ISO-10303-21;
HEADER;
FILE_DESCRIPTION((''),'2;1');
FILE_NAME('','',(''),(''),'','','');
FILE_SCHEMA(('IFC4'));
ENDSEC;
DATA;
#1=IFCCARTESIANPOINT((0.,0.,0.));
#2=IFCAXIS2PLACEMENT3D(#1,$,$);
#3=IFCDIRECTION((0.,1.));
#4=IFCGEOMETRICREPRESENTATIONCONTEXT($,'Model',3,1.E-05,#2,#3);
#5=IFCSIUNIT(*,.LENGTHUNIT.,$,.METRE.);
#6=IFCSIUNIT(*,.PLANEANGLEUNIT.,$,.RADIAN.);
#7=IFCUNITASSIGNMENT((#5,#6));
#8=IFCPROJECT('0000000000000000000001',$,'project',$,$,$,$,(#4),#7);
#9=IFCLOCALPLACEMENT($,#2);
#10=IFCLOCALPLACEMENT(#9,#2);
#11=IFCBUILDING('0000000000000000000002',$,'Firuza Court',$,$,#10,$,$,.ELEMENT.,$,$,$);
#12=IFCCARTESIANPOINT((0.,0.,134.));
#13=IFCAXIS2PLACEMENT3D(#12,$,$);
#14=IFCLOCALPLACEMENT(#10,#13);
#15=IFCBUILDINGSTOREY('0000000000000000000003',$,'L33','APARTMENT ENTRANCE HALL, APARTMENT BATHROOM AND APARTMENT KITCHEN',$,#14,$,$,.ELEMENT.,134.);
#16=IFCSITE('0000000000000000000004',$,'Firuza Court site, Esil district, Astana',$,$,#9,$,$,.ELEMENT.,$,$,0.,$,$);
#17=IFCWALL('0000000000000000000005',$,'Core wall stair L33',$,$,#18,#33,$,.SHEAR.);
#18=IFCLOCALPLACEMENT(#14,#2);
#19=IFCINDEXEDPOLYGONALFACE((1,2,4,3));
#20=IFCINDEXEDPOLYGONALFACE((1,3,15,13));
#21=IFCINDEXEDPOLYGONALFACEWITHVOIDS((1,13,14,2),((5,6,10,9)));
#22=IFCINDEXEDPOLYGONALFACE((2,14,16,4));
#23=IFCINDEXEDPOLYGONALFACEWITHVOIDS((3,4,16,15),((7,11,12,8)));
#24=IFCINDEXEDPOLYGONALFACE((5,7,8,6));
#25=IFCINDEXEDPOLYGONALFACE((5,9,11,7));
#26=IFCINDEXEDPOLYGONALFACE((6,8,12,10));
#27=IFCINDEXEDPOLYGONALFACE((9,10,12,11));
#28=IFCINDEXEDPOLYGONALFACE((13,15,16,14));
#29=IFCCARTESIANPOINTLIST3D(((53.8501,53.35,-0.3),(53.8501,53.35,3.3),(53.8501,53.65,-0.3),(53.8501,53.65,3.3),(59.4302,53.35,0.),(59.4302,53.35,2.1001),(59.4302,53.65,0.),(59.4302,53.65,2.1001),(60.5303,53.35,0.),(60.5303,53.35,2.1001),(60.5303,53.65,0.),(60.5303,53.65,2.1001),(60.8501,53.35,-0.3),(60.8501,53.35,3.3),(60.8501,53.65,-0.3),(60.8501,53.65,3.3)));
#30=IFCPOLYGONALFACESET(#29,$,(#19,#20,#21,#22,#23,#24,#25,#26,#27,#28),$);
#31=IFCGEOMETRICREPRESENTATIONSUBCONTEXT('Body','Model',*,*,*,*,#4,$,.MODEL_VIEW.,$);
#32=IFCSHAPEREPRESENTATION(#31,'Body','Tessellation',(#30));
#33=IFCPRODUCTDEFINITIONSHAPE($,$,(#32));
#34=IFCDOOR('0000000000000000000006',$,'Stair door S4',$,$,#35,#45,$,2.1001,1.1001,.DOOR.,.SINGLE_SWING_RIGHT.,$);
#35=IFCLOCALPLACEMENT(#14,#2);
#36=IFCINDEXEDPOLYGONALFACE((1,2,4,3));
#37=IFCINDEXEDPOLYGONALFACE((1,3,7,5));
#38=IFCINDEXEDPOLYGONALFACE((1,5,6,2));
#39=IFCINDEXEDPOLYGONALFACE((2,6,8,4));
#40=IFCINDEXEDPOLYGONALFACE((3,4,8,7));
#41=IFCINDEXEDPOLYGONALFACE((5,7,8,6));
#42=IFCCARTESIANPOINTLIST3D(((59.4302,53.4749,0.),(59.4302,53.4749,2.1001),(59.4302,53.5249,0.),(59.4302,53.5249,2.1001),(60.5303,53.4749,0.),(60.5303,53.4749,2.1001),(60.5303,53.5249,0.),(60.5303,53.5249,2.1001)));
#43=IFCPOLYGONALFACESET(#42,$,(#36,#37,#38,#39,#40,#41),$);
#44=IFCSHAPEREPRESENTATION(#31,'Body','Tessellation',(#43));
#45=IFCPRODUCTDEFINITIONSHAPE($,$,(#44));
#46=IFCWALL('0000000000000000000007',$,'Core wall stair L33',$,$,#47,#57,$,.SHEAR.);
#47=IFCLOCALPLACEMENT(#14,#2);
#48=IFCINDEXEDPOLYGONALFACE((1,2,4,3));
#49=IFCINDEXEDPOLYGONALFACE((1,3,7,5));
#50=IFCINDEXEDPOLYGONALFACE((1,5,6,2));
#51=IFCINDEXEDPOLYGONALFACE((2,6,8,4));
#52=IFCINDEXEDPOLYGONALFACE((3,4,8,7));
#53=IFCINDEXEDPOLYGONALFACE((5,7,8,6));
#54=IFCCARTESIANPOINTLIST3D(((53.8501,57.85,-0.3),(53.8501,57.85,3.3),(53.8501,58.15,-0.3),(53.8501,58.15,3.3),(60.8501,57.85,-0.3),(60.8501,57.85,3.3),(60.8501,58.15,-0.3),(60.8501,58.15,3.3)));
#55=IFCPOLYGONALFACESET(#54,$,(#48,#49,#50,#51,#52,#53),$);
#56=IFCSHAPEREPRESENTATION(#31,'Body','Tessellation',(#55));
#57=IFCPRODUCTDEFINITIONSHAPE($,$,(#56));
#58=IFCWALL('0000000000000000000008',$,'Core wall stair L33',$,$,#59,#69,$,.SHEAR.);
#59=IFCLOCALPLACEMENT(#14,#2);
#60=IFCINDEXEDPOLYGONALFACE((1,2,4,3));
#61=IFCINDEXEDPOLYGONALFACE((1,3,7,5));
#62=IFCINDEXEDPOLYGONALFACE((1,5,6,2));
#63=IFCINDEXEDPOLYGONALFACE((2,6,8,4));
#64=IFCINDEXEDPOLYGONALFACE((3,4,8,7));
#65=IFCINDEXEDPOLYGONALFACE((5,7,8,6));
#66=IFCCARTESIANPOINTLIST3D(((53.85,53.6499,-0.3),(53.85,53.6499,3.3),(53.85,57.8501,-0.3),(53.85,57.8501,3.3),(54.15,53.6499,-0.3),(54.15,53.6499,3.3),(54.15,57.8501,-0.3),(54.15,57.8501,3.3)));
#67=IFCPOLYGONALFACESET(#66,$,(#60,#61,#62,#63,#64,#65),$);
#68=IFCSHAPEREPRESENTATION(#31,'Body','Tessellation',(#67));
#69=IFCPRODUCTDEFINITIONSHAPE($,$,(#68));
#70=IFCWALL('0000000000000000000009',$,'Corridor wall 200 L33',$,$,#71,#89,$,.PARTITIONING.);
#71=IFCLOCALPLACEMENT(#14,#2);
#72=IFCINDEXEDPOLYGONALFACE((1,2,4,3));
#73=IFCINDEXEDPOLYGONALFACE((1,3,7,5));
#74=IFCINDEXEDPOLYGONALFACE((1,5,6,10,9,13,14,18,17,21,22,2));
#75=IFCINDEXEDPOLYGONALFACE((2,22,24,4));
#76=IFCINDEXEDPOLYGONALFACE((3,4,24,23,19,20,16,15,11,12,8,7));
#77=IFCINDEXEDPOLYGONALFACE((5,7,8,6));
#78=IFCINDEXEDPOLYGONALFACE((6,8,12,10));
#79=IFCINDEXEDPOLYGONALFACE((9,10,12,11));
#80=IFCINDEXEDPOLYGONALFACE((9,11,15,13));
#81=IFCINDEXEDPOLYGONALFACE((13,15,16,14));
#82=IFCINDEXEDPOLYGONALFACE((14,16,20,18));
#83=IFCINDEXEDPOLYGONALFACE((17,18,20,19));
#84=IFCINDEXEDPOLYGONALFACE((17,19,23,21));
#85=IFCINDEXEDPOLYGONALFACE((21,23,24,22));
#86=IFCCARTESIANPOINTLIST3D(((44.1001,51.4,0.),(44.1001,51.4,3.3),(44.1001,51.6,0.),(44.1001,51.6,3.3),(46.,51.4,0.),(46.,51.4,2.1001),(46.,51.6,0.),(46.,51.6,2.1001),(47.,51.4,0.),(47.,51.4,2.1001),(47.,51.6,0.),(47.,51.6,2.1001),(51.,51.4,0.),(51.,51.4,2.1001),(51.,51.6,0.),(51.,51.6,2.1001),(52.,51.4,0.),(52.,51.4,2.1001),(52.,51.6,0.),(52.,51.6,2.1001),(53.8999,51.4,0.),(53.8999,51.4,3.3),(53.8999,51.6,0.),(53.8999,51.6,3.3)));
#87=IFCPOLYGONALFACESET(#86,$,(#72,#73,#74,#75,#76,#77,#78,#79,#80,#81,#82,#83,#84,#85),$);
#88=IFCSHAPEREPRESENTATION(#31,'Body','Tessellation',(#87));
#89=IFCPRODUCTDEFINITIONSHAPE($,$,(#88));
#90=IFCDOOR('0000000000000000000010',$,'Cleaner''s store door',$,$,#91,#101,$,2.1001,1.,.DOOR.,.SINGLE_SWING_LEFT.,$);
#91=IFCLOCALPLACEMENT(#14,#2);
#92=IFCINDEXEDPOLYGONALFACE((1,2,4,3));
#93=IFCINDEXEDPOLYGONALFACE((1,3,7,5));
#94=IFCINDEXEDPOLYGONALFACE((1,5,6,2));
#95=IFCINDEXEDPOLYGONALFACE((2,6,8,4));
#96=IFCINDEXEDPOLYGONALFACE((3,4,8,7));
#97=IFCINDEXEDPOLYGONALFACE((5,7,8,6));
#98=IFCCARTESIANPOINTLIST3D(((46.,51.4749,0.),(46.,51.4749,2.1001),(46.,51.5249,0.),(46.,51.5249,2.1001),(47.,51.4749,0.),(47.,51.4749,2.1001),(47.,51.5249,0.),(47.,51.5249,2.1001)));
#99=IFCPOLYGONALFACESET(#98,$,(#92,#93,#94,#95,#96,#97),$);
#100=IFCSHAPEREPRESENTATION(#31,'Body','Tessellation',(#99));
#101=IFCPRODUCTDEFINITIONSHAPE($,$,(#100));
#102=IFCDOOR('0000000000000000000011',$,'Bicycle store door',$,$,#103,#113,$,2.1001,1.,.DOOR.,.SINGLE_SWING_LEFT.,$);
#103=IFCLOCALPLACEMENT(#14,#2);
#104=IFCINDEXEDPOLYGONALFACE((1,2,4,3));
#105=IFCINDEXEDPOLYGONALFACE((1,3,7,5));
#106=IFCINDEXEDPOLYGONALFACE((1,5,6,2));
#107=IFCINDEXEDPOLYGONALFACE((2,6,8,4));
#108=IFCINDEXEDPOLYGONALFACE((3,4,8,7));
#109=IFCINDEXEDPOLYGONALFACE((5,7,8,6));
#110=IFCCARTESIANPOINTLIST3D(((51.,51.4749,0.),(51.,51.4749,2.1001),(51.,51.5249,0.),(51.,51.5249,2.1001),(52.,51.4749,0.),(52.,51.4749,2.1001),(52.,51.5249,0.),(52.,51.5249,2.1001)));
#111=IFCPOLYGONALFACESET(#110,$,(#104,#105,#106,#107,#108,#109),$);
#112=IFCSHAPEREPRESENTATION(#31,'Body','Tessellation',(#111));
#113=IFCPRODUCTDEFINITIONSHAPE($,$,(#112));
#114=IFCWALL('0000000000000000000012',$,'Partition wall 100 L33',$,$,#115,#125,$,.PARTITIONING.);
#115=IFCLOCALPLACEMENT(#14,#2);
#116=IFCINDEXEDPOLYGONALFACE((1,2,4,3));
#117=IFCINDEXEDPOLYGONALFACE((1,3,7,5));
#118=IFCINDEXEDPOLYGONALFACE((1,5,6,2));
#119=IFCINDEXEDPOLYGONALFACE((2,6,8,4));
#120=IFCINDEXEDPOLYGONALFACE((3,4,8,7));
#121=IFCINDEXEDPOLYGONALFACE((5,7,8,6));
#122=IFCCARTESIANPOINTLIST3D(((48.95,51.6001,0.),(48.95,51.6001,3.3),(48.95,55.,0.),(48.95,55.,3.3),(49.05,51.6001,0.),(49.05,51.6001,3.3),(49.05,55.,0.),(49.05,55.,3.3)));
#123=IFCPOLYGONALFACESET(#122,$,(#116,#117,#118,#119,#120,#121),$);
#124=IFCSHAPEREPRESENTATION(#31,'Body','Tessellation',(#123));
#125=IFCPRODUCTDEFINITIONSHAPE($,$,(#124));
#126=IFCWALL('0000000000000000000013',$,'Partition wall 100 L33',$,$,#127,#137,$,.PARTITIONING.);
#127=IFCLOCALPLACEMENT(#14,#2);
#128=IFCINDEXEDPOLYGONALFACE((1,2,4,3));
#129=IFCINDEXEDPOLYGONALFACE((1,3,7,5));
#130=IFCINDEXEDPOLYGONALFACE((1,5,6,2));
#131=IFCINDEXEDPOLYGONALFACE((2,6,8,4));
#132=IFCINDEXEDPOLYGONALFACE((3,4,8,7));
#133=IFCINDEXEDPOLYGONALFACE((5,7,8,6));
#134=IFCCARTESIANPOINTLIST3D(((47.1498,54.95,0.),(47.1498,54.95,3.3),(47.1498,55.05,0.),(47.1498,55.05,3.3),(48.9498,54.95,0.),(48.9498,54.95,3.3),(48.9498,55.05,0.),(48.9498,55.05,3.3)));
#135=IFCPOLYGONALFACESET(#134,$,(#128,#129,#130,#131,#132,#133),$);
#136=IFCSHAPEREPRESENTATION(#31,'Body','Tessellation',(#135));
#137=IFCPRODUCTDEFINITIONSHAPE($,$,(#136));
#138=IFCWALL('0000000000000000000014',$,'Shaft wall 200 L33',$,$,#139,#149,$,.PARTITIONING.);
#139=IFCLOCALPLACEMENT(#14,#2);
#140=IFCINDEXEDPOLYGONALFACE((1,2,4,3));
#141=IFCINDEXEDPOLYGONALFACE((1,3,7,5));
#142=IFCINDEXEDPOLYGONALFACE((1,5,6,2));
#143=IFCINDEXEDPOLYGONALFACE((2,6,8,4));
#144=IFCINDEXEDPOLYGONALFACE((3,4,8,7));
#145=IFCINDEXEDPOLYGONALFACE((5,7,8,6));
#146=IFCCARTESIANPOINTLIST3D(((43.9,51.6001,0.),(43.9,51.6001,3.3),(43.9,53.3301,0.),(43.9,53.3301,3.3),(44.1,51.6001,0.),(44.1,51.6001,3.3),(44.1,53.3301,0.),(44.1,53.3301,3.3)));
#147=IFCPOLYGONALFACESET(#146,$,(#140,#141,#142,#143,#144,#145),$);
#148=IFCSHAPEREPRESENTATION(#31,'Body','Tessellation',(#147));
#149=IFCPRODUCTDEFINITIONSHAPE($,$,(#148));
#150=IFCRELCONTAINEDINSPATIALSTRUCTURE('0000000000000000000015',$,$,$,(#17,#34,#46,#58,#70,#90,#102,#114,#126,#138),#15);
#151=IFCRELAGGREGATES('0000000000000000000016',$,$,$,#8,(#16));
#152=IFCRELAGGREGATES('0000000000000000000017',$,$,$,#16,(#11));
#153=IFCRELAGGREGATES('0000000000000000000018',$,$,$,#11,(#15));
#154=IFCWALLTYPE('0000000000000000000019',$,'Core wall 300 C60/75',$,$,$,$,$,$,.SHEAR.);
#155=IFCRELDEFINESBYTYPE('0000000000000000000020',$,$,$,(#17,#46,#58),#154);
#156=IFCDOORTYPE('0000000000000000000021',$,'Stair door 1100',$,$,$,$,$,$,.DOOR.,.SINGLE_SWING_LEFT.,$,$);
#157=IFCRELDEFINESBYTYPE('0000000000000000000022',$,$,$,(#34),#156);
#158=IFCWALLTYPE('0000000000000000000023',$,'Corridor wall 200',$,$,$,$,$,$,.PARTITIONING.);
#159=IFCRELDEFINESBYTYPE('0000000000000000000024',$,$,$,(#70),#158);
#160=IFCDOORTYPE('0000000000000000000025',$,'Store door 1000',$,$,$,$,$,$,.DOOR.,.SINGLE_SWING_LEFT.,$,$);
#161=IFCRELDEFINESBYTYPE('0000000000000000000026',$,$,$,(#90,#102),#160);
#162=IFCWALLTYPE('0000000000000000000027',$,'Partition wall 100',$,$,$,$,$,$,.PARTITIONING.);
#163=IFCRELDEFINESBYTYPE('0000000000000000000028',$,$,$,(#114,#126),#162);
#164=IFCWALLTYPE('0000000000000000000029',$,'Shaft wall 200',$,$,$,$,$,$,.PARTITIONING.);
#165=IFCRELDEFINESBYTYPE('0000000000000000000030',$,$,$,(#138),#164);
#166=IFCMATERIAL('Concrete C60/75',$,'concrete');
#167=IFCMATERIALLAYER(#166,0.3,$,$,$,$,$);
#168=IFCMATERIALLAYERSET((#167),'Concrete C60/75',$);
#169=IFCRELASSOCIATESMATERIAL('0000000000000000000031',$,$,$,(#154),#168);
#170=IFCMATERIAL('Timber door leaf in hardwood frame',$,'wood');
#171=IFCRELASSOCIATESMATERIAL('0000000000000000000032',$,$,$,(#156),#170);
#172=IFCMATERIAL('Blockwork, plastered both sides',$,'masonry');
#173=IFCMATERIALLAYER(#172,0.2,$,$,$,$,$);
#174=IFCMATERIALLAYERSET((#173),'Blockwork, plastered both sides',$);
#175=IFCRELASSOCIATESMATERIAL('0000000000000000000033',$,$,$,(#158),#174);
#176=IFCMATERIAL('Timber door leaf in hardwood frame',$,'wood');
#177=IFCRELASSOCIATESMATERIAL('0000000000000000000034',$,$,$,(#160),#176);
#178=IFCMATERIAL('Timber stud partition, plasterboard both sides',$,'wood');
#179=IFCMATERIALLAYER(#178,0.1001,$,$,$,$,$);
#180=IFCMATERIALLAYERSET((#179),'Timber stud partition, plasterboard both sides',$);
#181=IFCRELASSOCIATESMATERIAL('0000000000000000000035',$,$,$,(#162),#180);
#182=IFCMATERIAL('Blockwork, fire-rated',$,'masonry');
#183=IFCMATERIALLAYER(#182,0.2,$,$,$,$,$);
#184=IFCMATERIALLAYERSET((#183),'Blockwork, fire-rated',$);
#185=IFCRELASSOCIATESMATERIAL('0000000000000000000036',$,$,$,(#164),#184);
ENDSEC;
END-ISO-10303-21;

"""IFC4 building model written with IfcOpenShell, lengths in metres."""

from ifc_helpers import new_model, si_unit, direction, frame, frame_2d, origin, place, context, subcontext, project, spatial, rectangle, extrude, material, layer, layer_set, type_object, element, fill, save


model = new_model("IFC4")

# Units and contexts
model_context = context("Model", 3, precision=1e-05, world=origin(), true_north=direction((0.0, 1.0)))
body_context = subcontext(model_context, "Body", "Model", "MODEL_VIEW")
ifc_project = project(units=[si_unit("LENGTHUNIT", "METRE"), si_unit("PLANEANGLEUNIT", "RADIAN")], contexts=[model_context])

# Site, building, storey
site_placement = place(None, origin())
site = spatial("IfcSite", under=ifc_project, at=site_placement, Name="Firuza Court site, Esil district, Astana", CompositionType="ELEMENT", RefElevation=0.0)
building_placement = place(site_placement, origin())
building = spatial("IfcBuilding", under=site, at=building_placement, Name="Firuza Court", CompositionType="ELEMENT")
storey_placement = place(building_placement, frame((0.0, 0.0, 134.0)))
storey = spatial("IfcBuildingStorey", under=building, at=storey_placement, Name="L33", Description="APARTMENT ENTRANCE HALL, APARTMENT BATHROOM AND APARTMENT KITCHEN", CompositionType="ELEMENT", Elevation=134.0)

# Shared definitions
ifc_material_1 = material(Name="Concrete C60/75", Category="concrete")
ifc_layer_1 = layer(ifc_material_1, 0.3)
ifc_layer_set_1 = layer_set([ifc_layer_1], Name="Concrete C60/75")
wall_type_1 = type_object("IfcWallType", Name="Core wall 300 C60/75", PredefinedType="SHEAR", material=ifc_layer_set_1)

# Wall, opening, door
wall_1_placement = place(storey_placement, frame((53.8501, 53.5, -0.3), z_axis=(0.0, 0.0, 1.0), x_axis=(1.0, 0.0, 0.0)))
wall_1 = element("IfcWall", 1, at=wall_1_placement, inside=storey, type_object=wall_type_1, Name="Core wall stair L33", PredefinedType="SHEAR", context=body_context, shape_type="SweptSolid", body=[
    extrude(rectangle(XDim=7.0, YDim=0.3, at=frame_2d((3.5, 0.0))), origin(), (0.0, 0.0, 1.0), 3.6001),
])
opening_1_placement = place(wall_1_placement, frame((5.5801, 0.0, 0.3)))
opening_1 = element("IfcOpeningElement", 2, at=opening_1_placement, cuts=wall_1, PredefinedType="OPENING", context=body_context, shape_type="SweptSolid", body=[
    extrude(rectangle(XDim=1.1001, YDim=2.1001, at=frame_2d((0.55, 1.05))), frame((0.0, 0.1621, 0.0), z_axis=(0.0, -1.0, 0.0), x_axis=(1.0, 0.0, 0.0)), (0.0, 0.0, 1.0), 0.324),
])
ifc_material_2 = material(Name="Timber door leaf in hardwood frame", Category="wood")
door_type_1 = type_object("IfcDoorType", Name="Stair door 1100", OperationType="SINGLE_SWING_LEFT", PredefinedType="DOOR", material=ifc_material_2)
door_1_placement = place(opening_1_placement, origin())
door_1 = element("IfcDoor", 3, at=door_1_placement, inside=storey, type_object=door_type_1, Name="Stair door S4", OperationType="SINGLE_SWING_RIGHT", OverallHeight=2.1001, OverallWidth=1.1001, PredefinedType="DOOR", context=body_context, shape_type="SweptSolid", body=[
    extrude(rectangle(XDim=1.1001, YDim=2.1001, at=frame_2d((0.55, 1.05))), frame((0.0, 0.0249, 0.0), z_axis=(0.0, -1.0, 0.0), x_axis=(1.0, 0.0, 0.0)), (0.0, 0.0, 1.0), 0.05),
])
fill(opening_1, door_1)

# Walls
wall_2_placement = place(storey_placement, frame((53.8501, 58.0, -0.3), z_axis=(0.0, 0.0, 1.0), x_axis=(1.0, 0.0, 0.0)))
element("IfcWall", 4, at=wall_2_placement, inside=storey, type_object=wall_type_1, Name="Core wall stair L33", PredefinedType="SHEAR", context=body_context, shape_type="SweptSolid", body=[
    extrude(rectangle(XDim=7.0, YDim=0.3, at=frame_2d((3.5, 0.0))), origin(), (0.0, 0.0, 1.0), 3.6001),
])
wall_3_placement = place(storey_placement, frame((54.0, 53.6499, -0.3), z_axis=(0.0, 0.0, 1.0), x_axis=(0.0, 1.0, 0.0)))
element("IfcWall", 5, at=wall_3_placement, inside=storey, type_object=wall_type_1, Name="Core wall stair L33", PredefinedType="SHEAR", context=body_context, shape_type="SweptSolid", body=[
    extrude(rectangle(XDim=4.2002, YDim=0.3, at=frame_2d((2.1001, 0.0))), origin(), (0.0, 0.0, 1.0), 3.6001),
])

# Wall, openings, doors
ifc_material_3 = material(Name="Blockwork, plastered both sides", Category="masonry")
ifc_layer_2 = layer(ifc_material_3, 0.2)
ifc_layer_set_2 = layer_set([ifc_layer_2], Name="Blockwork, plastered both sides")
wall_type_2 = type_object("IfcWallType", Name="Corridor wall 200", PredefinedType="PARTITIONING", material=ifc_layer_set_2)
wall_4_placement = place(storey_placement, frame((44.1001, 51.5, 0.0), z_axis=(0.0, 0.0, 1.0), x_axis=(1.0, 0.0, 0.0)))
wall_4 = element("IfcWall", 6, at=wall_4_placement, inside=storey, type_object=wall_type_2, Name="Corridor wall 200 L33", PredefinedType="PARTITIONING", context=body_context, shape_type="SweptSolid", body=[
    extrude(rectangle(XDim=9.7998, YDim=0.2, at=frame_2d((4.8999, 0.0))), origin(), (0.0, 0.0, 1.0), 3.3),
])
opening_2_placement = place(wall_4_placement, frame((1.8999, 0.0, 0.0)))
opening_2 = element("IfcOpeningElement", 7, at=opening_2_placement, cuts=wall_4, PredefinedType="OPENING", context=body_context, shape_type="SweptSolid", body=[
    extrude(rectangle(XDim=1.0, YDim=2.1001, at=frame_2d((0.5, 1.05))), frame((0.0, 0.1118, 0.0), z_axis=(0.0, -1.0, 0.0), x_axis=(1.0, 0.0, 0.0)), (0.0, 0.0, 1.0), 0.2239),
])
opening_3_placement = place(wall_4_placement, frame((6.8999, 0.0, 0.0)))
opening_3 = element("IfcOpeningElement", 8, at=opening_3_placement, cuts=wall_4, PredefinedType="OPENING", context=body_context, shape_type="SweptSolid", body=[
    extrude(rectangle(XDim=1.0, YDim=2.1001, at=frame_2d((0.5, 1.05))), frame((0.0, 0.1118, 0.0), z_axis=(0.0, -1.0, 0.0), x_axis=(1.0, 0.0, 0.0)), (0.0, 0.0, 1.0), 0.2239),
])
ifc_material_4 = material(Name="Timber door leaf in hardwood frame", Category="wood")
door_type_2 = type_object("IfcDoorType", Name="Store door 1000", OperationType="SINGLE_SWING_LEFT", PredefinedType="DOOR", material=ifc_material_4)
door_2_placement = place(opening_2_placement, origin())
door_2 = element("IfcDoor", 9, at=door_2_placement, inside=storey, type_object=door_type_2, Name="Cleaner's store door", OperationType="SINGLE_SWING_LEFT", OverallHeight=2.1001, OverallWidth=1.0, PredefinedType="DOOR", context=body_context, shape_type="SweptSolid", body=[
    extrude(rectangle(XDim=1.0, YDim=2.1001, at=frame_2d((0.5, 1.05))), frame((0.0, 0.0249, 0.0), z_axis=(0.0, -1.0, 0.0), x_axis=(1.0, 0.0, 0.0)), (0.0, 0.0, 1.0), 0.05),
])
fill(opening_2, door_2)
door_3_placement = place(opening_3_placement, origin())
door_3 = element("IfcDoor", 10, at=door_3_placement, inside=storey, type_object=door_type_2, Name="Bicycle store door", OperationType="SINGLE_SWING_LEFT", OverallHeight=2.1001, OverallWidth=1.0, PredefinedType="DOOR", context=body_context, shape_type="SweptSolid", body=[
    extrude(rectangle(XDim=1.0, YDim=2.1001, at=frame_2d((0.5, 1.05))), frame((0.0, 0.0249, 0.0), z_axis=(0.0, -1.0, 0.0), x_axis=(1.0, 0.0, 0.0)), (0.0, 0.0, 1.0), 0.05),
])
fill(opening_3, door_3)

# Walls
ifc_material_5 = material(Name="Timber stud partition, plasterboard both sides", Category="wood")
ifc_layer_3 = layer(ifc_material_5, 0.1001)
ifc_layer_set_3 = layer_set([ifc_layer_3], Name="Timber stud partition, plasterboard both sides")
wall_type_3 = type_object("IfcWallType", Name="Partition wall 100", PredefinedType="PARTITIONING", material=ifc_layer_set_3)
wall_5_placement = place(storey_placement, frame((49.0, 51.6001, 0.0), z_axis=(0.0, 0.0, 1.0), x_axis=(0.0, 1.0, 0.0)))
element("IfcWall", 11, at=wall_5_placement, inside=storey, type_object=wall_type_3, Name="Partition wall 100 L33", PredefinedType="PARTITIONING", context=body_context, shape_type="SweptSolid", body=[
    extrude(rectangle(XDim=3.3999, YDim=0.1001, at=frame_2d((1.7, 0.0))), origin(), (0.0, 0.0, 1.0), 3.3),
])
wall_6_placement = place(storey_placement, frame((47.1499, 55.0, 0.0), z_axis=(0.0, 0.0, 1.0), x_axis=(1.0, 0.0, 0.0)))
element("IfcWall", 12, at=wall_6_placement, inside=storey, type_object=wall_type_3, Name="Partition wall 100 L33", PredefinedType="PARTITIONING", context=body_context, shape_type="SweptSolid", body=[
    extrude(rectangle(XDim=1.8, YDim=0.1001, at=frame_2d((0.8999, 0.0))), origin(), (0.0, 0.0, 1.0), 3.3),
])
ifc_material_6 = material(Name="Blockwork, fire-rated", Category="masonry")
ifc_layer_4 = layer(ifc_material_6, 0.2)
ifc_layer_set_4 = layer_set([ifc_layer_4], Name="Blockwork, fire-rated")
wall_type_4 = type_object("IfcWallType", Name="Shaft wall 200", PredefinedType="PARTITIONING", material=ifc_layer_set_4)
wall_7_placement = place(storey_placement, frame((44.0, 51.6001, 0.0), z_axis=(0.0, 0.0, 1.0), x_axis=(0.0, 1.0, 0.0)))
element("IfcWall", 13, at=wall_7_placement, inside=storey, type_object=wall_type_4, Name="Shaft wall 200 L33", PredefinedType="PARTITIONING", context=body_context, shape_type="SweptSolid", body=[
    extrude(rectangle(XDim=1.73, YDim=0.2, at=frame_2d((0.865, 0.0))), origin(), (0.0, 0.0, 1.0), 3.3),
])

save(model, "model.ifc")
